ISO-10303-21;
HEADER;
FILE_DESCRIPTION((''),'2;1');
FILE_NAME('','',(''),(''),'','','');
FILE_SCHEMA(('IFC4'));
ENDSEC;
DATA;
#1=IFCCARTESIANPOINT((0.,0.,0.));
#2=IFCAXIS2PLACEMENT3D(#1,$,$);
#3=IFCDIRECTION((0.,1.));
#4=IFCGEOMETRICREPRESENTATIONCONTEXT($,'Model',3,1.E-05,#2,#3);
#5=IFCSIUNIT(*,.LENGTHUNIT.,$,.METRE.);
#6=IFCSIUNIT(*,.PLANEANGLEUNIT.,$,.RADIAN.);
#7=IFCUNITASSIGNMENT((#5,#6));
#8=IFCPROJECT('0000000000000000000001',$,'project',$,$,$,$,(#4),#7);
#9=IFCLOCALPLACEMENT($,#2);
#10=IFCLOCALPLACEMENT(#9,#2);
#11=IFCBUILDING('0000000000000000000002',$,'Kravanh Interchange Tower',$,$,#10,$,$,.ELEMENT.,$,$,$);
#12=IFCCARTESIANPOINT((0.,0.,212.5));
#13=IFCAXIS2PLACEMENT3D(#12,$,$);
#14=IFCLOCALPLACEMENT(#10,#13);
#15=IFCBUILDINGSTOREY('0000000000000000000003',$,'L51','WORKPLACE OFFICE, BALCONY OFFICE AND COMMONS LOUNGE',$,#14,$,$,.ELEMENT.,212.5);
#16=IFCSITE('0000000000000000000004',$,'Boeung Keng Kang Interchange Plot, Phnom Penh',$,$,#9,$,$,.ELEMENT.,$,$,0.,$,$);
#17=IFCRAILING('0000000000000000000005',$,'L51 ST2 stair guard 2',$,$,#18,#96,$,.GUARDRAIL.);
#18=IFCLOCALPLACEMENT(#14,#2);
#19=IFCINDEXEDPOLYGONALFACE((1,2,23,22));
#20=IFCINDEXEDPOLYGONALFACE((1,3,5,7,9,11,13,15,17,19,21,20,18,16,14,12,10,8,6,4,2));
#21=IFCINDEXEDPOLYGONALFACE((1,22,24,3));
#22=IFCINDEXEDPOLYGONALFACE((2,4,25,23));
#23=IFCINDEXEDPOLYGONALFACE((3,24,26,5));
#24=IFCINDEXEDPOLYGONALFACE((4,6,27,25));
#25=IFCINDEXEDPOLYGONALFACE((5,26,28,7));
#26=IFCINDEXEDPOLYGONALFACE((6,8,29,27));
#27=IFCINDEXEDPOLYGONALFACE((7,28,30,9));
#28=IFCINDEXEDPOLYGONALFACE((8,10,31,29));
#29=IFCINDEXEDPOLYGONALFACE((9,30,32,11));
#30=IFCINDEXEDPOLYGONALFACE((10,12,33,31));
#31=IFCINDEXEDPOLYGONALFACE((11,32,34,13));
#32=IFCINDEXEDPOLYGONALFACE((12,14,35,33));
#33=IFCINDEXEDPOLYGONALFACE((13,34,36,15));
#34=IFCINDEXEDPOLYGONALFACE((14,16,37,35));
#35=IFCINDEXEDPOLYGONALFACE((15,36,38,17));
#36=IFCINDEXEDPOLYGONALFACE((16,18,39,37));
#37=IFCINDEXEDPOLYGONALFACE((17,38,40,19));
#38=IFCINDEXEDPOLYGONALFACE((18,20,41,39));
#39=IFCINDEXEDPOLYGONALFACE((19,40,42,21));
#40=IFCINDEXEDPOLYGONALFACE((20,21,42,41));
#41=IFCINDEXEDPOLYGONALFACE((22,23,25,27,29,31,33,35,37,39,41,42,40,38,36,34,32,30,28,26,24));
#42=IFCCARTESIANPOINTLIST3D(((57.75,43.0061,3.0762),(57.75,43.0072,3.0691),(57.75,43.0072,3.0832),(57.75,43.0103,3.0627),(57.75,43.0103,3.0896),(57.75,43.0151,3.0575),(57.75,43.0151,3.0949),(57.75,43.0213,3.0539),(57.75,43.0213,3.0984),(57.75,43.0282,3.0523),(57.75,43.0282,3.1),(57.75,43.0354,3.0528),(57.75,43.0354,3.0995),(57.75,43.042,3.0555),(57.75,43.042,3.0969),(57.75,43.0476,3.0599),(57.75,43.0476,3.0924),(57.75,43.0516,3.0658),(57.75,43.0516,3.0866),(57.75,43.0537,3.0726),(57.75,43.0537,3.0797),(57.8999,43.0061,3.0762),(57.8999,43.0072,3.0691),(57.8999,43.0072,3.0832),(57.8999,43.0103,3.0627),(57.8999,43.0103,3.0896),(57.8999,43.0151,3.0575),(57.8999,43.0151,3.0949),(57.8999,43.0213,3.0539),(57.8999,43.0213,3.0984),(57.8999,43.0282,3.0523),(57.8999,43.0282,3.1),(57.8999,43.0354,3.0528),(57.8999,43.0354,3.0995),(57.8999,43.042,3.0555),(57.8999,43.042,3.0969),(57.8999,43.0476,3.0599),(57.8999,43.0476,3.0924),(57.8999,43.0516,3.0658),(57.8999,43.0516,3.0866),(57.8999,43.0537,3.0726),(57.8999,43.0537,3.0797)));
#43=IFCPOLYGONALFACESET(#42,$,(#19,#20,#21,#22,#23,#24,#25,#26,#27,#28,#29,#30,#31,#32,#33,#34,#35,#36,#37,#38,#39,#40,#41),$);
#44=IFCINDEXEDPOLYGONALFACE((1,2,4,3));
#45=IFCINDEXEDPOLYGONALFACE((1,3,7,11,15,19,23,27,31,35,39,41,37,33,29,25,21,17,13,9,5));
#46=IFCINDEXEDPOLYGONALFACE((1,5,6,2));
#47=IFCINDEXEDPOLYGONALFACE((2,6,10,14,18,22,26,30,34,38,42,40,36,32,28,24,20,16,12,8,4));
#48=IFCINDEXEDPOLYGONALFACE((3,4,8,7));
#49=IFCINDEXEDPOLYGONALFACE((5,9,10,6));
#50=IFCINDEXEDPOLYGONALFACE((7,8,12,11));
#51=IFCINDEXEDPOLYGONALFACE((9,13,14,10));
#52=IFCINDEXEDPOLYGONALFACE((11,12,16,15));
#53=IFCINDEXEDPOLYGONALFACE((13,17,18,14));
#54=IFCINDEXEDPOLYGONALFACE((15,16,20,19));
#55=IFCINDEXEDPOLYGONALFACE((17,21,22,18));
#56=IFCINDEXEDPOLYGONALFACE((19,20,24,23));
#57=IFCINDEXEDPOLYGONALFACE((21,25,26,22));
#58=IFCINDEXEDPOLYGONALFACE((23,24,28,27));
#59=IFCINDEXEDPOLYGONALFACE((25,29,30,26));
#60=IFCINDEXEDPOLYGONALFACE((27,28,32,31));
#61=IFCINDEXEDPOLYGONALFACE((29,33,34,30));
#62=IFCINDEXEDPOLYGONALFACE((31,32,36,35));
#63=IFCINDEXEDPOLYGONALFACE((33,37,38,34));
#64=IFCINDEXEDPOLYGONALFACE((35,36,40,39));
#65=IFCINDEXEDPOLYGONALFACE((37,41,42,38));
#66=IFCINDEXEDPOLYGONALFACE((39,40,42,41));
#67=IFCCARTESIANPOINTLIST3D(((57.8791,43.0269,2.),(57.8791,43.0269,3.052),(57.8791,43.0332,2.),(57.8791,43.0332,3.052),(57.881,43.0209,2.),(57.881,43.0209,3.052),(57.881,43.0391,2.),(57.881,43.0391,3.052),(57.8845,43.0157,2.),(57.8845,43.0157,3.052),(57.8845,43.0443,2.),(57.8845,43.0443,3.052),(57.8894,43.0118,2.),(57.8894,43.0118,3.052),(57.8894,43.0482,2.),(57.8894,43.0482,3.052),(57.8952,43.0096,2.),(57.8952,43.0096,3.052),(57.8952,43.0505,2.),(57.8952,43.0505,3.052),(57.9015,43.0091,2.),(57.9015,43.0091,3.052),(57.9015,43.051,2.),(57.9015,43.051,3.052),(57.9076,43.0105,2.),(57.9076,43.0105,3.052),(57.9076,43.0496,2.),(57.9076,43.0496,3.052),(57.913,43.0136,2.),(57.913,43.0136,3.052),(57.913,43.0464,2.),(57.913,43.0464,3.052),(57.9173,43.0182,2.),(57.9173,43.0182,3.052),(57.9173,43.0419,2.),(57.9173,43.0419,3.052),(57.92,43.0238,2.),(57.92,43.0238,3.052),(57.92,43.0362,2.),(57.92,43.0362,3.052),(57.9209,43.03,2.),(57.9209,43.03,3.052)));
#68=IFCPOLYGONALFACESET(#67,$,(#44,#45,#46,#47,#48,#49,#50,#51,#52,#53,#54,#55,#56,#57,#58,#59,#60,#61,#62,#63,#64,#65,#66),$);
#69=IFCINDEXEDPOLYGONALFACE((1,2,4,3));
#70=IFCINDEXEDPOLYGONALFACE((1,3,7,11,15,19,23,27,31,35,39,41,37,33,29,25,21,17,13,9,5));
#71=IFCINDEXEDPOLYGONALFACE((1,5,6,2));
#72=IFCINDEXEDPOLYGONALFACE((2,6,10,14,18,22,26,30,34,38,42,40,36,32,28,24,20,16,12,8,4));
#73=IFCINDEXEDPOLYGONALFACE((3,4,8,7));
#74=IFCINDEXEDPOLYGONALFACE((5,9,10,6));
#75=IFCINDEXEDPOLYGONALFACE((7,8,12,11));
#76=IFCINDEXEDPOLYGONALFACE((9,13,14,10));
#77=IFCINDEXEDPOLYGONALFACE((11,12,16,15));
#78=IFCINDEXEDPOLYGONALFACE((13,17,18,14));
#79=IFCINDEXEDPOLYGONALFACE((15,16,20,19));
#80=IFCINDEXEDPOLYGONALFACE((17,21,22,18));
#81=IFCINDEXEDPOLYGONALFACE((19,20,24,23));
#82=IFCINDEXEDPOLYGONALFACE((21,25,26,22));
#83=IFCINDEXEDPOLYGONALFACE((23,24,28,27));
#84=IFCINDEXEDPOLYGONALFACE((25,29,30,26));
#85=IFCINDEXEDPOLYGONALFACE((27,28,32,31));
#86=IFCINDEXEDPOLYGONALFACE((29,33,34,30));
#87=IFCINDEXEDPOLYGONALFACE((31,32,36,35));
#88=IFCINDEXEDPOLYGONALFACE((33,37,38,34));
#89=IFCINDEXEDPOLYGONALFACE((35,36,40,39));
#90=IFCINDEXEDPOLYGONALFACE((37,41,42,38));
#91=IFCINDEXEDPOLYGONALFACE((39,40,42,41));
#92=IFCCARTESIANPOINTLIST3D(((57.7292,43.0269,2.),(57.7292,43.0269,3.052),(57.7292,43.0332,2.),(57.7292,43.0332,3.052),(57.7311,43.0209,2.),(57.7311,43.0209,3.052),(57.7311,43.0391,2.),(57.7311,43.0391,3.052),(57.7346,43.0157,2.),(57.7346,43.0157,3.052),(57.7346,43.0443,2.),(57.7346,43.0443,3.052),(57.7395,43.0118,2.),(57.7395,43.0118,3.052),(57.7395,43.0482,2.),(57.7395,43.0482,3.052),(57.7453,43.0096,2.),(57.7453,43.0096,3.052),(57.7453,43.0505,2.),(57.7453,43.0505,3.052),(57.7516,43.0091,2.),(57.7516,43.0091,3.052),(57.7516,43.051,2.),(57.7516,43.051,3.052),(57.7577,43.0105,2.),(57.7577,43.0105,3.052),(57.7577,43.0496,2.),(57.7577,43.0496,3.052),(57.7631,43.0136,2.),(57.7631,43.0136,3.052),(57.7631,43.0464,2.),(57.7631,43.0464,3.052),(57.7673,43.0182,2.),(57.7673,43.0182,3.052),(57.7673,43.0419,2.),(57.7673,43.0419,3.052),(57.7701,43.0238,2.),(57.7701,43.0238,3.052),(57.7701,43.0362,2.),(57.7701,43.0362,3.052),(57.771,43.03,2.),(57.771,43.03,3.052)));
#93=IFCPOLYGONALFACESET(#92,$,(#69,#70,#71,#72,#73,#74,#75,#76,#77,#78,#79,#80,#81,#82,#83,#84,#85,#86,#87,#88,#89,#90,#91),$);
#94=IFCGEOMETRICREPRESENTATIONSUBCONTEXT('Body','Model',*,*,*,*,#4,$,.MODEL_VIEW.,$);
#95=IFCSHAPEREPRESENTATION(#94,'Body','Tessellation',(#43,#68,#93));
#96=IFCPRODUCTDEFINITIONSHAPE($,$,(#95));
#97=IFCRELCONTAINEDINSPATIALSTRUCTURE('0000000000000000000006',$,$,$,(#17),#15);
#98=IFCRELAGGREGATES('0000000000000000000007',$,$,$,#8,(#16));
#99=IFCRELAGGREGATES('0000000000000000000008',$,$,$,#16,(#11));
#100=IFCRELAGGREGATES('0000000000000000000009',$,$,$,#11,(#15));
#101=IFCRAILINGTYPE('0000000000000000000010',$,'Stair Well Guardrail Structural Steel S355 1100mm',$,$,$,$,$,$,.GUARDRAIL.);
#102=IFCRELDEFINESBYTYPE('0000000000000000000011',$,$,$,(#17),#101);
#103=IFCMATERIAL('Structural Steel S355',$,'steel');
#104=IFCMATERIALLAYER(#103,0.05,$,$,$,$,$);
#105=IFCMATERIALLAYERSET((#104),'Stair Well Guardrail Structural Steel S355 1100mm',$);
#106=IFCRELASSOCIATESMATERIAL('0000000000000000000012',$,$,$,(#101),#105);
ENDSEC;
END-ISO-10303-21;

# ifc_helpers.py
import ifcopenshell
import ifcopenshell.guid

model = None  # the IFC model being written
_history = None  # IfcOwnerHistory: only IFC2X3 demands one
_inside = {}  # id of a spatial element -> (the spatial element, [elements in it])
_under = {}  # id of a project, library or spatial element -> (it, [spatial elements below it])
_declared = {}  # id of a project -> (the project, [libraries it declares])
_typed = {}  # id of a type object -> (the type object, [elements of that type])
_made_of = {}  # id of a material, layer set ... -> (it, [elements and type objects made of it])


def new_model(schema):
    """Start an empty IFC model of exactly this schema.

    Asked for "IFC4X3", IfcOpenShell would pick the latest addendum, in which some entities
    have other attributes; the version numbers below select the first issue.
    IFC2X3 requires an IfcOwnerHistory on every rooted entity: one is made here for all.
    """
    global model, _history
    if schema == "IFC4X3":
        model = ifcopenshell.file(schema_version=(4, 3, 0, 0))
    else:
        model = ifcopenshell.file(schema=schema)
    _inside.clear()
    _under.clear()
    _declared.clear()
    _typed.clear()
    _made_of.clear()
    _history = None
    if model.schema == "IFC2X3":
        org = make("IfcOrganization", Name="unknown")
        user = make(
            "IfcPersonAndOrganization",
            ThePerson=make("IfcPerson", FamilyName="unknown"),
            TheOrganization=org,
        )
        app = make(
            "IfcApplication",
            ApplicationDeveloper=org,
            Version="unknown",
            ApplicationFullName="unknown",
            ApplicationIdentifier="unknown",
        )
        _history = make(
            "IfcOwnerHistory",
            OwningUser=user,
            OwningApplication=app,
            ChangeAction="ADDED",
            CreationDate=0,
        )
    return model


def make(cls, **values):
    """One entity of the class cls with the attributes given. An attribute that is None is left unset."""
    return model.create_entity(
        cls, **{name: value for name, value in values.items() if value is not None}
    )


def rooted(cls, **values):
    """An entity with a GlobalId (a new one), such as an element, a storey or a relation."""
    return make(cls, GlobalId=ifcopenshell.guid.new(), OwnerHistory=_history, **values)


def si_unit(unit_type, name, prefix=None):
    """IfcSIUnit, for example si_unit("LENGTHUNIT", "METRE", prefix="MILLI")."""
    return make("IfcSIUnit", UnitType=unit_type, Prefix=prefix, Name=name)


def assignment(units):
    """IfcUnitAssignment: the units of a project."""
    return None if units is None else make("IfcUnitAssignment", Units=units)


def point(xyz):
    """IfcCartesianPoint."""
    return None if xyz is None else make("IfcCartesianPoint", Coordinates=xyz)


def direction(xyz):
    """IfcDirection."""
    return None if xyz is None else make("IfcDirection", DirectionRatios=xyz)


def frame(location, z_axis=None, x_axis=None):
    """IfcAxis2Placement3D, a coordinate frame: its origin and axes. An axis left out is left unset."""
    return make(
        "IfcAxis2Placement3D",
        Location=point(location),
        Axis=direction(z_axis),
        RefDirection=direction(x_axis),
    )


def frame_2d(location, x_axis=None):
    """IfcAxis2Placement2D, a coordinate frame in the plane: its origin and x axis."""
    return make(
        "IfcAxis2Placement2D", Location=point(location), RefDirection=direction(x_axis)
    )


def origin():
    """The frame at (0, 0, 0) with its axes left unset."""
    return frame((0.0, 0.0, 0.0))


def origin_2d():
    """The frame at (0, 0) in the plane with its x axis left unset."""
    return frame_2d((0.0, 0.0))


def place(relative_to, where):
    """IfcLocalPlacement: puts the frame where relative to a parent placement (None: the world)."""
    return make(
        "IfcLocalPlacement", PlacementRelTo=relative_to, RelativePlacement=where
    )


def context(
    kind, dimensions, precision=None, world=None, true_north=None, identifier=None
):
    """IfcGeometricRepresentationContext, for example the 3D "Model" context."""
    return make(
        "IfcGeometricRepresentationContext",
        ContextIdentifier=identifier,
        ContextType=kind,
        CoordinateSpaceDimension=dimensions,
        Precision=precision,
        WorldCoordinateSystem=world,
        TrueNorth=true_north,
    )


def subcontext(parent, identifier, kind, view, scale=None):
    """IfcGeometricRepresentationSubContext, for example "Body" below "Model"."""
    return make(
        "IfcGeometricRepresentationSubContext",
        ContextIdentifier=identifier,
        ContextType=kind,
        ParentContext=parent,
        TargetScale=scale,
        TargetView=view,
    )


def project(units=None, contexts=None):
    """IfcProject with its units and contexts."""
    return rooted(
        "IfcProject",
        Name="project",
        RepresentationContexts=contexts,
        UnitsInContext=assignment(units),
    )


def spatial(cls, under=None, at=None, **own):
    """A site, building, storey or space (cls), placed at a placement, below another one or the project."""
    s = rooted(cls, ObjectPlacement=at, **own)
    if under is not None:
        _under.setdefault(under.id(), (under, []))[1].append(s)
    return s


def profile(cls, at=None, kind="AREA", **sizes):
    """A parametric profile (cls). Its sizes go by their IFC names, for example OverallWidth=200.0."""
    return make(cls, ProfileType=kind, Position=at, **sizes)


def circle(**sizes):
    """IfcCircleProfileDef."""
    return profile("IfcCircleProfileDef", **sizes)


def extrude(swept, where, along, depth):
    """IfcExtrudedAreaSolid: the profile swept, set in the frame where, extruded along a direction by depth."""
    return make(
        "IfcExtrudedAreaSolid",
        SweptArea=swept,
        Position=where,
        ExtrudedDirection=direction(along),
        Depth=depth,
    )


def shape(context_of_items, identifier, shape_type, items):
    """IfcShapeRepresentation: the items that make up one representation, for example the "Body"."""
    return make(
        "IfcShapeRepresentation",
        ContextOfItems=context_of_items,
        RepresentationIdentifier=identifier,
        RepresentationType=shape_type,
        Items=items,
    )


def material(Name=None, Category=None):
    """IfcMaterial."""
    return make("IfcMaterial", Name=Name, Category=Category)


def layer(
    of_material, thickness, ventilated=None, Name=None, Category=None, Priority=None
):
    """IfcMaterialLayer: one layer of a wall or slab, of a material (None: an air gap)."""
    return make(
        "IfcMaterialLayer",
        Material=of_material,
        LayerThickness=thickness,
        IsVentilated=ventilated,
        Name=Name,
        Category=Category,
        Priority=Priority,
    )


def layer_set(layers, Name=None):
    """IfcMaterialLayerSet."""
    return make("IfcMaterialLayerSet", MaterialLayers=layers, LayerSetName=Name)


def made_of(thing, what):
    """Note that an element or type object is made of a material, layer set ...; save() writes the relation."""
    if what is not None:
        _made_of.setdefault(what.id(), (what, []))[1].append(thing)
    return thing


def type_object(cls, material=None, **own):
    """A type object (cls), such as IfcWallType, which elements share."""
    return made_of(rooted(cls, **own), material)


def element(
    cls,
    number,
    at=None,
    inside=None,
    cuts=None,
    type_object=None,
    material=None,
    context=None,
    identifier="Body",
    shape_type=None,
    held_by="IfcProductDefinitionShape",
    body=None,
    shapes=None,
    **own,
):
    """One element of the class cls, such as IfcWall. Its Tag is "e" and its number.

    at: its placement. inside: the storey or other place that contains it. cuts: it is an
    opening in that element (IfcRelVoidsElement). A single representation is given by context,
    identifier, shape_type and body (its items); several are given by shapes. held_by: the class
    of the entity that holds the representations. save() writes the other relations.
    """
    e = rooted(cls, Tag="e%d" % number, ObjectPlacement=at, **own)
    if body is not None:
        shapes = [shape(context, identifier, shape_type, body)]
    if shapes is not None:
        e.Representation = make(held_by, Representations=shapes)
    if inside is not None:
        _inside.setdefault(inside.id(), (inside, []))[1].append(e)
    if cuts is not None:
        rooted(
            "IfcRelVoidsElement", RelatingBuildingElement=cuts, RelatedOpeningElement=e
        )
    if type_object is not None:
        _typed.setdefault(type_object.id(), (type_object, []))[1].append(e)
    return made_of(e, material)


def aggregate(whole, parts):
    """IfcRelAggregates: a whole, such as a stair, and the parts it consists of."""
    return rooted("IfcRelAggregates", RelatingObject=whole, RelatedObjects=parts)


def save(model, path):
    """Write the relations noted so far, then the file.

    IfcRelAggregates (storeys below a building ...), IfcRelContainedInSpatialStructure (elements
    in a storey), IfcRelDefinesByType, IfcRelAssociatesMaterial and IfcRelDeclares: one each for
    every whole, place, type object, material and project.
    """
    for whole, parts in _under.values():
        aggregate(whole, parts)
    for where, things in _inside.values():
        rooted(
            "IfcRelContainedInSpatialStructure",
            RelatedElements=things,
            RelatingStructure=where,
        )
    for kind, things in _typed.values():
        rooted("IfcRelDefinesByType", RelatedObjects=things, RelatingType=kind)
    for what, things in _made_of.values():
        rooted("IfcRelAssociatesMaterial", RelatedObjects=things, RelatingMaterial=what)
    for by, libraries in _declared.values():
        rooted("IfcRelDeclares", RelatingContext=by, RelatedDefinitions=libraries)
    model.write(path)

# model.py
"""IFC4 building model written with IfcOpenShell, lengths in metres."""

from ifc_helpers import new_model, si_unit, direction, frame, origin, origin_2d, place, context, subcontext, project, spatial, circle, extrude, material, layer, layer_set, type_object, element, save


model = new_model("IFC4")

# Units and contexts
model_context = context("Model", 3, precision=1e-05, world=origin(), true_north=direction((0.0, 1.0)))
body_context = subcontext(model_context, "Body", "Model", "MODEL_VIEW")
ifc_project = project(units=[si_unit("LENGTHUNIT", "METRE"), si_unit("PLANEANGLEUNIT", "RADIAN")], contexts=[model_context])

# Site, building, storey
site_placement = place(None, origin())
site = spatial("IfcSite", under=ifc_project, at=site_placement, Name="Boeung Keng Kang Interchange Plot, Phnom Penh", CompositionType="ELEMENT", RefElevation=0.0)
building_placement = place(site_placement, origin())
building = spatial("IfcBuilding", under=site, at=building_placement, Name="Kravanh Interchange Tower", CompositionType="ELEMENT")
storey_placement = place(building_placement, frame((0.0, 0.0, 212.5)))
storey = spatial("IfcBuildingStorey", under=building, at=storey_placement, Name="L51", Description="WORKPLACE OFFICE, BALCONY OFFICE AND COMMONS LOUNGE", CompositionType="ELEMENT", Elevation=212.5)

# Railing
ifc_material_1 = material(Name="Structural Steel S355", Category="steel")
ifc_layer_1 = layer(ifc_material_1, 0.05)
ifc_layer_set_1 = layer_set([ifc_layer_1], Name="Stair Well Guardrail Structural Steel S355 1100mm")
railing_type_1 = type_object("IfcRailingType", Name="Stair Well Guardrail Structural Steel S355 1100mm", PredefinedType="GUARDRAIL", material=ifc_layer_set_1)
railing_1_placement = place(storey_placement, frame((57.8999, 43.03, 2.0)))
element("IfcRailing", 1, at=railing_1_placement, inside=storey, type_object=railing_type_1, Name="L51 ST2 stair guard 2", PredefinedType="GUARDRAIL", context=body_context, shape_type="SweptSolid", body=[
    extrude(circle(Radius=0.0239, at=origin_2d()), frame((0.0, 0.0, 1.0762), z_axis=(-1.0, 0.0, 0.0), x_axis=(0.0, -1.0, 0.0)), (0.0, 0.0, 1.0), 0.1499),
    extrude(circle(Radius=0.021, at=origin_2d()), origin(), (0.0, 0.0, 1.0), 1.052),
    extrude(circle(Radius=0.021, at=origin_2d()), frame((-0.1499, 0.0, 0.0)), (0.0, 0.0, 1.0), 1.052),
])

save(model, "model.ifc")
